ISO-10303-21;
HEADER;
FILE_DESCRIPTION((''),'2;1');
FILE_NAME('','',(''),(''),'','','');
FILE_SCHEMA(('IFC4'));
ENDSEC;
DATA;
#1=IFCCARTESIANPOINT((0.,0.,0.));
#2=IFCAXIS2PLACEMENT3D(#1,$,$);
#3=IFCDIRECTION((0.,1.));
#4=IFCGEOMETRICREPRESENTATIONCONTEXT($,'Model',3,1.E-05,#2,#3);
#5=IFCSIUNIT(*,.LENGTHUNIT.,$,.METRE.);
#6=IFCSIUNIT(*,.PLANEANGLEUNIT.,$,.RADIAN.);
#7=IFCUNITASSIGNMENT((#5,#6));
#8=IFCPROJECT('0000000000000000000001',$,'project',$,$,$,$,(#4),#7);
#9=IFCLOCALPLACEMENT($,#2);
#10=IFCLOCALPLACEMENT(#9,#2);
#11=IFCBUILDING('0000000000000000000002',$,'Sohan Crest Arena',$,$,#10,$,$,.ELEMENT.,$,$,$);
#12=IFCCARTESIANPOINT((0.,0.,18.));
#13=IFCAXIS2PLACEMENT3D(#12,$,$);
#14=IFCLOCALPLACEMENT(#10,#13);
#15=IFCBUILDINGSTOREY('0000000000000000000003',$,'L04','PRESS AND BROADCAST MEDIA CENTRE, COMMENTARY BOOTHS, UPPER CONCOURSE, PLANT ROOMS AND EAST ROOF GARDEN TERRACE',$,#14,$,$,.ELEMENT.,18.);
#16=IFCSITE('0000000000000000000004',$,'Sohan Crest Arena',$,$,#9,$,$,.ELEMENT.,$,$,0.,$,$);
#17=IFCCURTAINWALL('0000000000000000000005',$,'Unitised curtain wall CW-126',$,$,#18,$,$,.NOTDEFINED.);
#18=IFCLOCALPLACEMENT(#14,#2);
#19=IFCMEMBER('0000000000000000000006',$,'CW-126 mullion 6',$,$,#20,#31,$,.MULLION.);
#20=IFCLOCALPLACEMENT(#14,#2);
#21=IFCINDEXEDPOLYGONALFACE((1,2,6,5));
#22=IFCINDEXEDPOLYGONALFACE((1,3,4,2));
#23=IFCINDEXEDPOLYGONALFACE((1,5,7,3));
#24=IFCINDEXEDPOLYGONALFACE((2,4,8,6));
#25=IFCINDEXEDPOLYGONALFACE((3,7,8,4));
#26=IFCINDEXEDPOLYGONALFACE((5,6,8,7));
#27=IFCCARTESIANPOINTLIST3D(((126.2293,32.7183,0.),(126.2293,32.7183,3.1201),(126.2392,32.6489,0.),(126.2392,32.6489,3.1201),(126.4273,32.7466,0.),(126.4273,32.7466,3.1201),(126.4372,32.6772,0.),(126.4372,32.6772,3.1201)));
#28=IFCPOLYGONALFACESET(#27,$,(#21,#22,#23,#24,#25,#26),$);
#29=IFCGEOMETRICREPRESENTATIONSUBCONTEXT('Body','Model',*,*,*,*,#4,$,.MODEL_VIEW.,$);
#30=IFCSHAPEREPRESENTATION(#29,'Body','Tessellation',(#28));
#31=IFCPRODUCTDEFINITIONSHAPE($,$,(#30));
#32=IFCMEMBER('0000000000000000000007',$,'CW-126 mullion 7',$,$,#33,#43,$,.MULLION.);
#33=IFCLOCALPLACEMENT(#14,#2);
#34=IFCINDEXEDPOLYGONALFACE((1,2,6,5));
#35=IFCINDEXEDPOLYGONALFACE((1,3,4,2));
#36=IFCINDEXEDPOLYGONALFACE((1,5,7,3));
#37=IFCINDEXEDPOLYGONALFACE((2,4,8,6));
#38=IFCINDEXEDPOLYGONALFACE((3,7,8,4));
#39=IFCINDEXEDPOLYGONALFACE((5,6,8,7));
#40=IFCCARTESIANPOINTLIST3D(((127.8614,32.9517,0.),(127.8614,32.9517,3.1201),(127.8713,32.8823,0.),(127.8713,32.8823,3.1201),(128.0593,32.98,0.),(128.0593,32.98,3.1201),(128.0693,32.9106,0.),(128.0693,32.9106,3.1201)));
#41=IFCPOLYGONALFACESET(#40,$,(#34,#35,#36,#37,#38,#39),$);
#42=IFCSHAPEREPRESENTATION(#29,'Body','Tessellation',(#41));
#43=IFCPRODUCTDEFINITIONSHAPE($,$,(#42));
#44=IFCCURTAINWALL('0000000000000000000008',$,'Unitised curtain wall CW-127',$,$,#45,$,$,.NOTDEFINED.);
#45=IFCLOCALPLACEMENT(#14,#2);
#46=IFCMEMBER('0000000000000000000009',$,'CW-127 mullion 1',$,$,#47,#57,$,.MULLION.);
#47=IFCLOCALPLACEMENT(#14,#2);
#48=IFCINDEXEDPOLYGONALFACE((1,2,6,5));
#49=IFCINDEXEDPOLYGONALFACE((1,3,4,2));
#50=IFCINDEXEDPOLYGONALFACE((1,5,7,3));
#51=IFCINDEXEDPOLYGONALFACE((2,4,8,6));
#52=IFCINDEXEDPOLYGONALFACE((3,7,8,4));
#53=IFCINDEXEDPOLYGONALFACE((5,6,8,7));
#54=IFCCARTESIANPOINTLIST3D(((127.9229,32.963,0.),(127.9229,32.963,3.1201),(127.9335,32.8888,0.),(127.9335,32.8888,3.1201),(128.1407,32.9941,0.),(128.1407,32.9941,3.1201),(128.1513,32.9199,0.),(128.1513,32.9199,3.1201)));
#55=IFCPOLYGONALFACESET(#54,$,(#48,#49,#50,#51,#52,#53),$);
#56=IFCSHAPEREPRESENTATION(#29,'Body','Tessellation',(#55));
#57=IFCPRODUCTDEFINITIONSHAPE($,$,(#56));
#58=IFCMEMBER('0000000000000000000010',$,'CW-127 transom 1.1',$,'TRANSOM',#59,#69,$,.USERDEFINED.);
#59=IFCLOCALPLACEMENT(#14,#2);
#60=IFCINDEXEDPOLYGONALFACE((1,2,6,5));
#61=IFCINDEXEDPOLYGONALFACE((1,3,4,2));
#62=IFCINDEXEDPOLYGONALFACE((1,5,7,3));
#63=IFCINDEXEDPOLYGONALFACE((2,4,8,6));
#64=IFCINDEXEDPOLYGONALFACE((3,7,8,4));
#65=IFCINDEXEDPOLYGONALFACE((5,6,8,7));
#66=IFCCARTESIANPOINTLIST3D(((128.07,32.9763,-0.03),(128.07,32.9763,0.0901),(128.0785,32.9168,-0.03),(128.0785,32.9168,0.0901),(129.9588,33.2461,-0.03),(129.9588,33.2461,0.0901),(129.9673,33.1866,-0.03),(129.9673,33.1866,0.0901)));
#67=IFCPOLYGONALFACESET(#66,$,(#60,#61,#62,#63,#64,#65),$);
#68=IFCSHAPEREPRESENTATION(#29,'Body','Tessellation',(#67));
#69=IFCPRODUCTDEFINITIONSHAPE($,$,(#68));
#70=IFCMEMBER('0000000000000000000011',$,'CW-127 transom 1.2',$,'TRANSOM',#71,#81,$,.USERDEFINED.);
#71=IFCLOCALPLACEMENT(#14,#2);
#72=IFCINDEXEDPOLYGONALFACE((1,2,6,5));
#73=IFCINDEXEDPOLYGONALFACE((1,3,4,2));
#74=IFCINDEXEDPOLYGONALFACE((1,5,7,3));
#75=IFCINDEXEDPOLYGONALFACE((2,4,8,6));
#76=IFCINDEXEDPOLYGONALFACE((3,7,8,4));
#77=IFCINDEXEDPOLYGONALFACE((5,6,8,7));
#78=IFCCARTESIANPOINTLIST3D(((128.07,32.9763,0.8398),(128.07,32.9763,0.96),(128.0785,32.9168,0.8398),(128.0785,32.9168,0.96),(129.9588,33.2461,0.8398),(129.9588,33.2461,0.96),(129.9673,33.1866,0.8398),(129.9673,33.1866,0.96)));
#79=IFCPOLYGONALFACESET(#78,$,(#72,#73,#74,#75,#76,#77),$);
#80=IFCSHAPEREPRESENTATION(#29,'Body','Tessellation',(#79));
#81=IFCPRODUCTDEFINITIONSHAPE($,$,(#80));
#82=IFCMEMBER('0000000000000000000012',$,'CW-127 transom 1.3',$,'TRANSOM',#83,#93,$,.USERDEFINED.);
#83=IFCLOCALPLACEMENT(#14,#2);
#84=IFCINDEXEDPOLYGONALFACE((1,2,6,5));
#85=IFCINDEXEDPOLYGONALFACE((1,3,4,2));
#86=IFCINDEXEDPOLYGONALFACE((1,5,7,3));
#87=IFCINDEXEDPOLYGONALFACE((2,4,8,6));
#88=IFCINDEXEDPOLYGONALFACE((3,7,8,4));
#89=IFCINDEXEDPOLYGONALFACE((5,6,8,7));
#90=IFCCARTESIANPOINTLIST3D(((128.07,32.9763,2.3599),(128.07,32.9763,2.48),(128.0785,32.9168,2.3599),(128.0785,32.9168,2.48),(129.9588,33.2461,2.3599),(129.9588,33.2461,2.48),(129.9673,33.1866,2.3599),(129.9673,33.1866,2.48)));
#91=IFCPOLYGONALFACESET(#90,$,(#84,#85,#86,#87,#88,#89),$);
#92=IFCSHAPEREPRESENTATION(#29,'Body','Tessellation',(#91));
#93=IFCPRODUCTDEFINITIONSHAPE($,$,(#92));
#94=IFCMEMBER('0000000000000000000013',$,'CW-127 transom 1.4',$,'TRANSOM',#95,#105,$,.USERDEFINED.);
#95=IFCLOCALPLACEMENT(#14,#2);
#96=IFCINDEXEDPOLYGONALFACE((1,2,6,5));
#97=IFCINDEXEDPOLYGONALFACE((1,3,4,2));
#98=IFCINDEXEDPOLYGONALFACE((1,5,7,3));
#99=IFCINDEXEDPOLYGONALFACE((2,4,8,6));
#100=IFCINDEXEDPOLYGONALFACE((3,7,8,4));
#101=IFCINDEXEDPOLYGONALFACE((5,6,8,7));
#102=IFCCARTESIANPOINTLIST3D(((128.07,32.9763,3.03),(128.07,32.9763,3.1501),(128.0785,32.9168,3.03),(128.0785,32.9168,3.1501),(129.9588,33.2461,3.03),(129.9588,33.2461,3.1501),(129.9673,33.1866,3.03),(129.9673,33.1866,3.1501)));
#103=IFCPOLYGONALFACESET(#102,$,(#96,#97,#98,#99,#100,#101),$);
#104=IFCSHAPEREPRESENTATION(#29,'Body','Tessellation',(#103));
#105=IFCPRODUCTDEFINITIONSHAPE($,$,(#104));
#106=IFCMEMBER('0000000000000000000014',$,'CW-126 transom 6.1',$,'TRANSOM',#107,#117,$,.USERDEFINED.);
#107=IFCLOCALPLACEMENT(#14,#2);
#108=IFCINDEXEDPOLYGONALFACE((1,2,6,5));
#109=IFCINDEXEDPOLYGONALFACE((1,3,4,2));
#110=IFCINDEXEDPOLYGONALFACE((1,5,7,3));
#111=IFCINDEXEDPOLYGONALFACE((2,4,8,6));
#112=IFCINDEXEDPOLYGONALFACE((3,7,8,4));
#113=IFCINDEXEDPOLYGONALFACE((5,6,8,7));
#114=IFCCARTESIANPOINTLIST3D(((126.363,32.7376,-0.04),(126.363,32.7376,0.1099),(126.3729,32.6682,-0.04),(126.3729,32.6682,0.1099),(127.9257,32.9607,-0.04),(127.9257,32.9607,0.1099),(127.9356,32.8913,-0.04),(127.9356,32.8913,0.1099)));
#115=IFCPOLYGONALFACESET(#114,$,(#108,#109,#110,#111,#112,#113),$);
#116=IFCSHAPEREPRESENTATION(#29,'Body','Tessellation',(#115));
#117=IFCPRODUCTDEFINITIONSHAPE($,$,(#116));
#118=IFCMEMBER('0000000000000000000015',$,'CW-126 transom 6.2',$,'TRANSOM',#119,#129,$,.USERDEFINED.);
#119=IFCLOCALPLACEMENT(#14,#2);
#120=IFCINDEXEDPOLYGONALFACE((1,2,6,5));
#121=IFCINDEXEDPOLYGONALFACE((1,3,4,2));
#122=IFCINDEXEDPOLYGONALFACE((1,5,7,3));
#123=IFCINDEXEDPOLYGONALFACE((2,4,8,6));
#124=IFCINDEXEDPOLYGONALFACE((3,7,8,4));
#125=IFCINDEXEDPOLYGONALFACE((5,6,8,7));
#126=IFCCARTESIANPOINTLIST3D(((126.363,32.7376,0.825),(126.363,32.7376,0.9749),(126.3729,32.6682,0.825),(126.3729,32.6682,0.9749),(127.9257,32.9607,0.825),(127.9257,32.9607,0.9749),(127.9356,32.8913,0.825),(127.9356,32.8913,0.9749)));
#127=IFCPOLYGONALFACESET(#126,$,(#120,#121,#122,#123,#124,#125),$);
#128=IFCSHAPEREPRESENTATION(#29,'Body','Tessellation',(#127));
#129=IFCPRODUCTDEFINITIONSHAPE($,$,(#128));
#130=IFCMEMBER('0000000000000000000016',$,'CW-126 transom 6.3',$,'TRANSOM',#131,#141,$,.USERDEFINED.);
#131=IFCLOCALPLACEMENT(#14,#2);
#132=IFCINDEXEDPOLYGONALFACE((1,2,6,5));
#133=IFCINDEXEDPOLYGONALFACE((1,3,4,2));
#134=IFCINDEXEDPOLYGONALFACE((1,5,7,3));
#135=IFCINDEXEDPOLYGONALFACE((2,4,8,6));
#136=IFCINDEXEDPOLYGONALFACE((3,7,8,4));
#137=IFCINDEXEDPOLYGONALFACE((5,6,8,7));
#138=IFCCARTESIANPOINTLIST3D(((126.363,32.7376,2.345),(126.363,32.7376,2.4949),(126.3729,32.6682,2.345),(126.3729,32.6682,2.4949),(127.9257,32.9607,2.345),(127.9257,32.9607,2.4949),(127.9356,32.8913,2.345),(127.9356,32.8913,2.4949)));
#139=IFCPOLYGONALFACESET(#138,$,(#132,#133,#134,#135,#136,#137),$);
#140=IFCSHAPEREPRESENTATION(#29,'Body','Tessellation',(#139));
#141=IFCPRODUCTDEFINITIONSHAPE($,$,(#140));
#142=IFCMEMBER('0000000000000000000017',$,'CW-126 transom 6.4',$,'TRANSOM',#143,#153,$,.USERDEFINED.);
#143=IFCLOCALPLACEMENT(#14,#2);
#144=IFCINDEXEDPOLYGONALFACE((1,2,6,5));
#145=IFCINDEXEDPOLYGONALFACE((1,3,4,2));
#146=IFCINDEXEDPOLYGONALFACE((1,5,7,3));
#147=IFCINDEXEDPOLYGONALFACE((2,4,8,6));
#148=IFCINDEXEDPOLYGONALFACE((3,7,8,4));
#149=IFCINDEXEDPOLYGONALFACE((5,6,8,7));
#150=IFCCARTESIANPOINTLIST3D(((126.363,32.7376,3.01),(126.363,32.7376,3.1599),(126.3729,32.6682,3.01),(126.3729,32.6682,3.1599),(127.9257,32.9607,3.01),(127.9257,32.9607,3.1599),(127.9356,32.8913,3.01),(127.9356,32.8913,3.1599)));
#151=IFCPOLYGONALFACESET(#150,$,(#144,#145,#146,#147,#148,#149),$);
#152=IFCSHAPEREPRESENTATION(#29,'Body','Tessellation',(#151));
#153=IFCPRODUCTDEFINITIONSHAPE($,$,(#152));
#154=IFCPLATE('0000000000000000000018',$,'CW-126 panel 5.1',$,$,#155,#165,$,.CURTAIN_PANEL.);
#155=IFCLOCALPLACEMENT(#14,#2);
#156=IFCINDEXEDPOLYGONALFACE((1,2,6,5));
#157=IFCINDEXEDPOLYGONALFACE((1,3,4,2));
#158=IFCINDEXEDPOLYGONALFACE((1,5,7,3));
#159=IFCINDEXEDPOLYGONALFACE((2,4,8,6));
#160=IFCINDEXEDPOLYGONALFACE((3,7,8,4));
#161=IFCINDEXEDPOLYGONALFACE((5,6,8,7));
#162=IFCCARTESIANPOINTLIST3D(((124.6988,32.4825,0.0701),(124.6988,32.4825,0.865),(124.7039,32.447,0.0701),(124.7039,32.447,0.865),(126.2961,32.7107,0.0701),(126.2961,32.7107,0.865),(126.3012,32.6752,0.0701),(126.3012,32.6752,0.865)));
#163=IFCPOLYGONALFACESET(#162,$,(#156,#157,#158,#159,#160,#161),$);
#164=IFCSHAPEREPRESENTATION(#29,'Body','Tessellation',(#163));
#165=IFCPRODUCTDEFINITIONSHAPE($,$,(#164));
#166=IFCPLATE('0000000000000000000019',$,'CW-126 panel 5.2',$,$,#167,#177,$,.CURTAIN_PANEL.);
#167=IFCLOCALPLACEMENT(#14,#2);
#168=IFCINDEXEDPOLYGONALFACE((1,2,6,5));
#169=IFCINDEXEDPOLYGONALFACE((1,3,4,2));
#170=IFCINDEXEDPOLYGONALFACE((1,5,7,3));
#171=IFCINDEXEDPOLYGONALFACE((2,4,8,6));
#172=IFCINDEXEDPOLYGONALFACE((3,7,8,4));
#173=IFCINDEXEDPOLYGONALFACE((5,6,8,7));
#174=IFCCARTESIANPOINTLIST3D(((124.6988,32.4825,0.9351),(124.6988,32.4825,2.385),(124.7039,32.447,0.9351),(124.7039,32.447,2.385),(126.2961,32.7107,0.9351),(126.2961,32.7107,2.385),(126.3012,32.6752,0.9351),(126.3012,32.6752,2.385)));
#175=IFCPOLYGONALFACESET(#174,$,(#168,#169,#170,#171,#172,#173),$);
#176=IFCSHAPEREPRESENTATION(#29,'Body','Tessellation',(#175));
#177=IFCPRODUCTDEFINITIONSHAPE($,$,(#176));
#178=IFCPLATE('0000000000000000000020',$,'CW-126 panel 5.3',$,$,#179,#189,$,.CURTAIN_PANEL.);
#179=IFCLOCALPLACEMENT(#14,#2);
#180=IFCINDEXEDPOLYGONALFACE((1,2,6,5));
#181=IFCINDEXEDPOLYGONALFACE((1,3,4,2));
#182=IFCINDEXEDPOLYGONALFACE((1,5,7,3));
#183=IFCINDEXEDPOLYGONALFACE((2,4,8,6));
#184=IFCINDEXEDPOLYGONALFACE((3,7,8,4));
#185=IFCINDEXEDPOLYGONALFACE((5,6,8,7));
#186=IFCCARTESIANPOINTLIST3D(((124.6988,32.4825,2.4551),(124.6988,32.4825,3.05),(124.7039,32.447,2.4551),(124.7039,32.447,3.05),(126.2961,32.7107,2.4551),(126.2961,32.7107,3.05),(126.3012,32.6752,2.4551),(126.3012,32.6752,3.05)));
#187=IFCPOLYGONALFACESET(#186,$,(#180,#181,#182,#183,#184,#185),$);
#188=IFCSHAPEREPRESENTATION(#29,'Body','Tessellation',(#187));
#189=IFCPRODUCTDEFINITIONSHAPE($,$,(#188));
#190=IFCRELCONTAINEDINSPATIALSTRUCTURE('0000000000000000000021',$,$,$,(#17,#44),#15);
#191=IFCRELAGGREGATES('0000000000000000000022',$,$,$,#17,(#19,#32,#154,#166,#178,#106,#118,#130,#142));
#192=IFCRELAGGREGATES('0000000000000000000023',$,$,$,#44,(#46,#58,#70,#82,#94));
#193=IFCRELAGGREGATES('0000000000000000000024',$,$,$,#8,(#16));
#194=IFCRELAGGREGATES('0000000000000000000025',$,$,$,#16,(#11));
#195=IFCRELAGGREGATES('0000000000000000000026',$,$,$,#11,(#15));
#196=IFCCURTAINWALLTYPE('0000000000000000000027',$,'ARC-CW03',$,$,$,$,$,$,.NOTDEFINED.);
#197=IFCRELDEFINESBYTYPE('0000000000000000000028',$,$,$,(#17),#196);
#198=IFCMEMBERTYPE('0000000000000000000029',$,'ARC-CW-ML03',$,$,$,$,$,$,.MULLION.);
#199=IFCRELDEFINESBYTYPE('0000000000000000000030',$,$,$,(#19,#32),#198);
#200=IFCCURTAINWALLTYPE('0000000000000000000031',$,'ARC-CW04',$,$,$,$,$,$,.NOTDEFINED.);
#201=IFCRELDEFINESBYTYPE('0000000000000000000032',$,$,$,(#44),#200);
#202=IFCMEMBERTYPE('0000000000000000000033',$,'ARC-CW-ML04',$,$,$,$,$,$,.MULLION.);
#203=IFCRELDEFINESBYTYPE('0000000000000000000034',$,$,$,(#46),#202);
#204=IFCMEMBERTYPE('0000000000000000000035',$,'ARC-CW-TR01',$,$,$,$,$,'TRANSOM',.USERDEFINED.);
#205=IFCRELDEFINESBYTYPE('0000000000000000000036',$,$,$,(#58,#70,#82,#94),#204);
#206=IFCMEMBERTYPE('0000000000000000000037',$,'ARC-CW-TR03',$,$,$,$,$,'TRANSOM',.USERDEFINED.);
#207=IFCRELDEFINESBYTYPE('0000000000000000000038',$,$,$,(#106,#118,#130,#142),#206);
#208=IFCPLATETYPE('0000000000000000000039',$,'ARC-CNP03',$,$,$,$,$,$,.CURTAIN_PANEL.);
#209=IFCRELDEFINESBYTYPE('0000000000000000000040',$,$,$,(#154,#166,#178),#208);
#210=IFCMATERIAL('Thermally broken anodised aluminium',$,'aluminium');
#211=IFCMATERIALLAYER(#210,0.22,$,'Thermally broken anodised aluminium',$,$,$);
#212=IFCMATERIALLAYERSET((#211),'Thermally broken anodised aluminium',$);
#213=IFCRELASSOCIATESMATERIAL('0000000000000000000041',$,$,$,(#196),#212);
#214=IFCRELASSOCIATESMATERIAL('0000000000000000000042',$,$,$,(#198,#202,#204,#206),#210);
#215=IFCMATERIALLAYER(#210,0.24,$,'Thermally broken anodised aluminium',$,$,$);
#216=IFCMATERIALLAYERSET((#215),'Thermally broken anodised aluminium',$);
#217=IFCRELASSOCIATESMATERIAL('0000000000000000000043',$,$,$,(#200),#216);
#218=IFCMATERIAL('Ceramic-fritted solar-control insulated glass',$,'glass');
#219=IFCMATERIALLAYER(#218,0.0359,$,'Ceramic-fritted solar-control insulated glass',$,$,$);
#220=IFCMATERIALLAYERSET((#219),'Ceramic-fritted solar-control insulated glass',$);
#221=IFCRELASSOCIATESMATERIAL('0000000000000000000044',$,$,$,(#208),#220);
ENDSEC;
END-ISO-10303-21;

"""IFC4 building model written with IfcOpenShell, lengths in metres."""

from ifc_helpers import new_model, si_unit, direction, frame, origin, origin_2d, place, context, subcontext, project, spatial, rectangle, extrude, material, layer, layer_set, material_profile, profile_set, type_object, element, aggregate, save


model = new_model("IFC4")

# Units and contexts
model_context = context("Model", 3, precision=1e-05, world=origin(), true_north=direction((0.0, 1.0)))
body_context = subcontext(model_context, "Body", "Model", "MODEL_VIEW")
ifc_project = project(units=[si_unit("LENGTHUNIT", "METRE"), si_unit("PLANEANGLEUNIT", "RADIAN")], contexts=[model_context])

# Site, building, storey
site_placement = place(None, origin())
site = spatial("IfcSite", under=ifc_project, at=site_placement, Name="Sohan Crest Arena", CompositionType="ELEMENT", RefElevation=0.0)
building_placement = place(site_placement, origin())
building = spatial("IfcBuilding", under=site, at=building_placement, Name="Sohan Crest Arena", CompositionType="ELEMENT")
storey_placement = place(building_placement, frame((0.0, 0.0, 18.0)))
storey = spatial("IfcBuildingStorey", under=building, at=storey_placement, Name="L04", Description="PRESS AND BROADCAST MEDIA CENTRE, COMMENTARY BOOTHS, UPPER CONCOURSE, PLANT ROOMS AND EAST ROOF GARDEN TERRACE", CompositionType="ELEMENT", Elevation=18.0)

# Curtain walls, members
ifc_material_1 = material(Name="Thermally broken anodised aluminium", Category="aluminium")
ifc_layer_1 = layer(ifc_material_1, 0.22, Name="Thermally broken anodised aluminium")
ifc_layer_set_1 = layer_set([ifc_layer_1], Name="Thermally broken anodised aluminium")
curtain_wall_type_1 = type_object("IfcCurtainWallType", Name="ARC-CW03", PredefinedType="NOTDEFINED", material=ifc_layer_set_1)
curtain_wall_1_placement = place(storey_placement, origin())
curtain_wall_1 = element("IfcCurtainWall", 1, at=curtain_wall_1_placement, inside=storey, type_object=curtain_wall_type_1, Name="Unitised curtain wall CW-126", PredefinedType="NOTDEFINED")
ifc_material_profile_1 = material_profile(ifc_material_1, rectangle(XDim=0.0701, YDim=0.2, at=origin_2d()), Name="ALU-MULL 70x200")
ifc_profile_set_1 = profile_set([ifc_material_profile_1], Name="Thermally broken anodised aluminium")
member_type_1 = type_object("IfcMemberType", Name="ARC-CW-ML03", PredefinedType="MULLION", material=ifc_profile_set_1)
member_1_placement = place(storey_placement, frame((126.3333, 32.6978, 0.0), z_axis=(0.0, 0.0, 1.0), x_axis=(-0.141463, 0.989944, 0.0)))
member_1 = element("IfcMember", 2, at=member_1_placement, type_object=member_type_1, Name="CW-126 mullion 6", PredefinedType="MULLION", context=body_context, shape_type="SweptSolid", body=[
    extrude(rectangle(XDim=0.0701, YDim=0.2, at=origin_2d()), origin(), (0.0, 0.0, 1.0), 3.1201),
])
member_2_placement = place(storey_placement, frame((127.9653, 32.9312, 0.0), z_axis=(0.0, 0.0, 1.0), x_axis=(-0.141463, 0.989944, 0.0)))
member_2 = element("IfcMember", 3, at=member_2_placement, type_object=member_type_1, Name="CW-126 mullion 7", PredefinedType="MULLION", context=body_context, shape_type="SweptSolid", body=[
    extrude(rectangle(XDim=0.0701, YDim=0.2, at=origin_2d()), origin(), (0.0, 0.0, 1.0), 3.1201),
])
ifc_layer_2 = layer(ifc_material_1, 0.24, Name="Thermally broken anodised aluminium")
ifc_layer_set_2 = layer_set([ifc_layer_2], Name="Thermally broken anodised aluminium")
curtain_wall_type_2 = type_object("IfcCurtainWallType", Name="ARC-CW04", PredefinedType="NOTDEFINED", material=ifc_layer_set_2)
curtain_wall_2_placement = place(storey_placement, origin())
curtain_wall_2 = element("IfcCurtainWall", 4, at=curtain_wall_2_placement, inside=storey, type_object=curtain_wall_type_2, Name="Unitised curtain wall CW-127", PredefinedType="NOTDEFINED")
ifc_material_profile_2 = material_profile(ifc_material_1, rectangle(XDim=0.075, YDim=0.22, at=origin_2d()), Name="ALU-MULL 75x220")
ifc_profile_set_2 = profile_set([ifc_material_profile_2], Name="Thermally broken anodised aluminium")
member_type_2 = type_object("IfcMemberType", Name="ARC-CW-ML04", PredefinedType="MULLION", material=ifc_profile_set_2)
member_3_placement = place(storey_placement, frame((128.0371, 32.9414, 0.0), z_axis=(0.0, 0.0, 1.0), x_axis=(-0.141366, 0.989957, 0.0)))
member_3 = element("IfcMember", 5, at=member_3_placement, type_object=member_type_2, Name="CW-127 mullion 1", PredefinedType="MULLION", context=body_context, shape_type="SweptSolid", body=[
    extrude(rectangle(XDim=0.075, YDim=0.22, at=origin_2d()), origin(), (0.0, 0.0, 1.0), 3.1201),
])
ifc_material_profile_3 = material_profile(ifc_material_1, rectangle(XDim=0.0601, YDim=0.1201, at=origin_2d()), Name="ALU-TRAN 60x120")
ifc_profile_set_3 = profile_set([ifc_material_profile_3], Name="Thermally broken anodised aluminium")
member_type_3 = type_object("IfcMemberType", Name="ARC-CW-TR01", ElementType="TRANSOM", PredefinedType="USERDEFINED", material=ifc_profile_set_3)
member_4_placement = place(storey_placement, frame((128.0742, 32.9465, 0.03), z_axis=(0.989952, 0.141403, 0.0), x_axis=(-0.141403, 0.989952, 0.0)))
member_4 = element("IfcMember", 6, at=member_4_placement, type_object=member_type_3, Name="CW-127 transom 1.1", ObjectType="TRANSOM", PredefinedType="USERDEFINED", context=body_context, shape_type="SweptSolid", body=[
    extrude(rectangle(XDim=0.0601, YDim=0.1201, at=origin_2d()), origin(), (0.0, 0.0, 1.0), 1.908),
])
member_5_placement = place(storey_placement, frame((128.0742, 32.9465, 0.8999), z_axis=(0.989952, 0.141403, 0.0), x_axis=(-0.141403, 0.989952, 0.0)))
member_5 = element("IfcMember", 7, at=member_5_placement, type_object=member_type_3, Name="CW-127 transom 1.2", ObjectType="TRANSOM", PredefinedType="USERDEFINED", context=body_context, shape_type="SweptSolid", body=[
    extrude(rectangle(XDim=0.0601, YDim=0.1201, at=origin_2d()), origin(), (0.0, 0.0, 1.0), 1.908),
])
member_6_placement = place(storey_placement, frame((128.0742, 32.9465, 2.4199), z_axis=(0.989952, 0.141403, 0.0), x_axis=(-0.141403, 0.989952, 0.0)))
member_6 = element("IfcMember", 8, at=member_6_placement, type_object=member_type_3, Name="CW-127 transom 1.3", ObjectType="TRANSOM", PredefinedType="USERDEFINED", context=body_context, shape_type="SweptSolid", body=[
    extrude(rectangle(XDim=0.0601, YDim=0.1201, at=origin_2d()), origin(), (0.0, 0.0, 1.0), 1.908),
])
member_7_placement = place(storey_placement, frame((128.0742, 32.9465, 3.0901), z_axis=(0.989952, 0.141403, 0.0), x_axis=(-0.141403, 0.989952, 0.0)))
member_7 = element("IfcMember", 9, at=member_7_placement, type_object=member_type_3, Name="CW-127 transom 1.4", ObjectType="TRANSOM", PredefinedType="USERDEFINED", context=body_context, shape_type="SweptSolid", body=[
    extrude(rectangle(XDim=0.0601, YDim=0.1201, at=origin_2d()), origin(), (0.0, 0.0, 1.0), 1.908),
])

# Members
ifc_material_profile_4 = material_profile(ifc_material_1, rectangle(XDim=0.0701, YDim=0.1499, at=origin_2d()), Name="ALU-TRAN 70x150")
ifc_profile_set_4 = profile_set([ifc_material_profile_4], Name="Thermally broken anodised aluminium")
member_type_4 = type_object("IfcMemberType", Name="ARC-CW-TR03", ElementType="TRANSOM", PredefinedType="USERDEFINED", material=ifc_profile_set_4)
member_8_placement = place(storey_placement, frame((126.3679, 32.7029, 0.0349), z_axis=(0.989959, 0.141356, 0.0), x_axis=(-0.141356, 0.989959, 0.0)))
member_8 = element("IfcMember", 10, at=member_8_placement, type_object=member_type_4, Name="CW-126 transom 6.1", ObjectType="TRANSOM", PredefinedType="USERDEFINED", context=body_context, shape_type="SweptSolid", body=[
    extrude(rectangle(XDim=0.0701, YDim=0.1499, at=origin_2d()), origin(), (0.0, 0.0, 1.0), 1.5786),
])
member_9_placement = place(storey_placement, frame((126.3679, 32.7029, 0.8999), z_axis=(0.989959, 0.141356, 0.0), x_axis=(-0.141356, 0.989959, 0.0)))
member_9 = element("IfcMember", 11, at=member_9_placement, type_object=member_type_4, Name="CW-126 transom 6.2", ObjectType="TRANSOM", PredefinedType="USERDEFINED", context=body_context, shape_type="SweptSolid", body=[
    extrude(rectangle(XDim=0.0701, YDim=0.1499, at=origin_2d()), origin(), (0.0, 0.0, 1.0), 1.5786),
])
member_10_placement = place(storey_placement, frame((126.3679, 32.7029, 2.4199), z_axis=(0.989959, 0.141356, 0.0), x_axis=(-0.141356, 0.989959, 0.0)))
member_10 = element("IfcMember", 12, at=member_10_placement, type_object=member_type_4, Name="CW-126 transom 6.3", ObjectType="TRANSOM", PredefinedType="USERDEFINED", context=body_context, shape_type="SweptSolid", body=[
    extrude(rectangle(XDim=0.0701, YDim=0.1499, at=origin_2d()), origin(), (0.0, 0.0, 1.0), 1.5786),
])
member_11_placement = place(storey_placement, frame((126.3679, 32.7029, 3.085), z_axis=(0.989959, 0.141356, 0.0), x_axis=(-0.141356, 0.989959, 0.0)))
member_11 = element("IfcMember", 13, at=member_11_placement, type_object=member_type_4, Name="CW-126 transom 6.4", ObjectType="TRANSOM", PredefinedType="USERDEFINED", context=body_context, shape_type="SweptSolid", body=[
    extrude(rectangle(XDim=0.0701, YDim=0.1499, at=origin_2d()), origin(), (0.0, 0.0, 1.0), 1.5786),
])

# Plates
ifc_material_2 = material(Name="Ceramic-fritted solar-control insulated glass", Category="glass")
ifc_layer_3 = layer(ifc_material_2, 0.0359, Name="Ceramic-fritted solar-control insulated glass")
ifc_layer_set_3 = layer_set([ifc_layer_3], Name="Ceramic-fritted solar-control insulated glass")
plate_type_1 = type_object("IfcPlateType", Name="ARC-CNP03", PredefinedType="CURTAIN_PANEL", material=ifc_layer_set_3)
plate_1_placement = place(storey_placement, frame((125.5, 32.5789, 0.0701), z_axis=(0.0, 0.0, 1.0), x_axis=(0.989944, 0.141463, 0.0)))
plate_1 = element("IfcPlate", 14, at=plate_1_placement, type_object=plate_type_1, Name="CW-126 panel 5.1", PredefinedType="CURTAIN_PANEL", context=body_context, shape_type="SweptSolid", body=[
    extrude(rectangle(XDim=1.6135, YDim=0.0359, at=origin_2d()), origin(), (0.0, 0.0, 1.0), 0.7949),
])
plate_2_placement = place(storey_placement, frame((125.5, 32.5789, 0.9351), z_axis=(0.0, 0.0, 1.0), x_axis=(0.989944, 0.141463, 0.0)))
plate_2 = element("IfcPlate", 15, at=plate_2_placement, type_object=plate_type_1, Name="CW-126 panel 5.2", PredefinedType="CURTAIN_PANEL", context=body_context, shape_type="SweptSolid", body=[
    extrude(rectangle(XDim=1.6135, YDim=0.0359, at=origin_2d()), origin(), (0.0, 0.0, 1.0), 1.45),
])
plate_3_placement = place(storey_placement, frame((125.5, 32.5789, 2.4551), z_axis=(0.0, 0.0, 1.0), x_axis=(0.989944, 0.141463, 0.0)))
plate_3 = element("IfcPlate", 16, at=plate_3_placement, type_object=plate_type_1, Name="CW-126 panel 5.3", PredefinedType="CURTAIN_PANEL", context=body_context, shape_type="SweptSolid", body=[
    extrude(rectangle(XDim=1.6135, YDim=0.0359, at=origin_2d()), origin(), (0.0, 0.0, 1.0), 0.595),
])
aggregate(curtain_wall_1, [member_1, member_2, plate_1, plate_2, plate_3, member_8, member_9, member_10, member_11])
aggregate(curtain_wall_2, [member_3, member_4, member_5, member_6, member_7])

save(model, "model.ifc")
